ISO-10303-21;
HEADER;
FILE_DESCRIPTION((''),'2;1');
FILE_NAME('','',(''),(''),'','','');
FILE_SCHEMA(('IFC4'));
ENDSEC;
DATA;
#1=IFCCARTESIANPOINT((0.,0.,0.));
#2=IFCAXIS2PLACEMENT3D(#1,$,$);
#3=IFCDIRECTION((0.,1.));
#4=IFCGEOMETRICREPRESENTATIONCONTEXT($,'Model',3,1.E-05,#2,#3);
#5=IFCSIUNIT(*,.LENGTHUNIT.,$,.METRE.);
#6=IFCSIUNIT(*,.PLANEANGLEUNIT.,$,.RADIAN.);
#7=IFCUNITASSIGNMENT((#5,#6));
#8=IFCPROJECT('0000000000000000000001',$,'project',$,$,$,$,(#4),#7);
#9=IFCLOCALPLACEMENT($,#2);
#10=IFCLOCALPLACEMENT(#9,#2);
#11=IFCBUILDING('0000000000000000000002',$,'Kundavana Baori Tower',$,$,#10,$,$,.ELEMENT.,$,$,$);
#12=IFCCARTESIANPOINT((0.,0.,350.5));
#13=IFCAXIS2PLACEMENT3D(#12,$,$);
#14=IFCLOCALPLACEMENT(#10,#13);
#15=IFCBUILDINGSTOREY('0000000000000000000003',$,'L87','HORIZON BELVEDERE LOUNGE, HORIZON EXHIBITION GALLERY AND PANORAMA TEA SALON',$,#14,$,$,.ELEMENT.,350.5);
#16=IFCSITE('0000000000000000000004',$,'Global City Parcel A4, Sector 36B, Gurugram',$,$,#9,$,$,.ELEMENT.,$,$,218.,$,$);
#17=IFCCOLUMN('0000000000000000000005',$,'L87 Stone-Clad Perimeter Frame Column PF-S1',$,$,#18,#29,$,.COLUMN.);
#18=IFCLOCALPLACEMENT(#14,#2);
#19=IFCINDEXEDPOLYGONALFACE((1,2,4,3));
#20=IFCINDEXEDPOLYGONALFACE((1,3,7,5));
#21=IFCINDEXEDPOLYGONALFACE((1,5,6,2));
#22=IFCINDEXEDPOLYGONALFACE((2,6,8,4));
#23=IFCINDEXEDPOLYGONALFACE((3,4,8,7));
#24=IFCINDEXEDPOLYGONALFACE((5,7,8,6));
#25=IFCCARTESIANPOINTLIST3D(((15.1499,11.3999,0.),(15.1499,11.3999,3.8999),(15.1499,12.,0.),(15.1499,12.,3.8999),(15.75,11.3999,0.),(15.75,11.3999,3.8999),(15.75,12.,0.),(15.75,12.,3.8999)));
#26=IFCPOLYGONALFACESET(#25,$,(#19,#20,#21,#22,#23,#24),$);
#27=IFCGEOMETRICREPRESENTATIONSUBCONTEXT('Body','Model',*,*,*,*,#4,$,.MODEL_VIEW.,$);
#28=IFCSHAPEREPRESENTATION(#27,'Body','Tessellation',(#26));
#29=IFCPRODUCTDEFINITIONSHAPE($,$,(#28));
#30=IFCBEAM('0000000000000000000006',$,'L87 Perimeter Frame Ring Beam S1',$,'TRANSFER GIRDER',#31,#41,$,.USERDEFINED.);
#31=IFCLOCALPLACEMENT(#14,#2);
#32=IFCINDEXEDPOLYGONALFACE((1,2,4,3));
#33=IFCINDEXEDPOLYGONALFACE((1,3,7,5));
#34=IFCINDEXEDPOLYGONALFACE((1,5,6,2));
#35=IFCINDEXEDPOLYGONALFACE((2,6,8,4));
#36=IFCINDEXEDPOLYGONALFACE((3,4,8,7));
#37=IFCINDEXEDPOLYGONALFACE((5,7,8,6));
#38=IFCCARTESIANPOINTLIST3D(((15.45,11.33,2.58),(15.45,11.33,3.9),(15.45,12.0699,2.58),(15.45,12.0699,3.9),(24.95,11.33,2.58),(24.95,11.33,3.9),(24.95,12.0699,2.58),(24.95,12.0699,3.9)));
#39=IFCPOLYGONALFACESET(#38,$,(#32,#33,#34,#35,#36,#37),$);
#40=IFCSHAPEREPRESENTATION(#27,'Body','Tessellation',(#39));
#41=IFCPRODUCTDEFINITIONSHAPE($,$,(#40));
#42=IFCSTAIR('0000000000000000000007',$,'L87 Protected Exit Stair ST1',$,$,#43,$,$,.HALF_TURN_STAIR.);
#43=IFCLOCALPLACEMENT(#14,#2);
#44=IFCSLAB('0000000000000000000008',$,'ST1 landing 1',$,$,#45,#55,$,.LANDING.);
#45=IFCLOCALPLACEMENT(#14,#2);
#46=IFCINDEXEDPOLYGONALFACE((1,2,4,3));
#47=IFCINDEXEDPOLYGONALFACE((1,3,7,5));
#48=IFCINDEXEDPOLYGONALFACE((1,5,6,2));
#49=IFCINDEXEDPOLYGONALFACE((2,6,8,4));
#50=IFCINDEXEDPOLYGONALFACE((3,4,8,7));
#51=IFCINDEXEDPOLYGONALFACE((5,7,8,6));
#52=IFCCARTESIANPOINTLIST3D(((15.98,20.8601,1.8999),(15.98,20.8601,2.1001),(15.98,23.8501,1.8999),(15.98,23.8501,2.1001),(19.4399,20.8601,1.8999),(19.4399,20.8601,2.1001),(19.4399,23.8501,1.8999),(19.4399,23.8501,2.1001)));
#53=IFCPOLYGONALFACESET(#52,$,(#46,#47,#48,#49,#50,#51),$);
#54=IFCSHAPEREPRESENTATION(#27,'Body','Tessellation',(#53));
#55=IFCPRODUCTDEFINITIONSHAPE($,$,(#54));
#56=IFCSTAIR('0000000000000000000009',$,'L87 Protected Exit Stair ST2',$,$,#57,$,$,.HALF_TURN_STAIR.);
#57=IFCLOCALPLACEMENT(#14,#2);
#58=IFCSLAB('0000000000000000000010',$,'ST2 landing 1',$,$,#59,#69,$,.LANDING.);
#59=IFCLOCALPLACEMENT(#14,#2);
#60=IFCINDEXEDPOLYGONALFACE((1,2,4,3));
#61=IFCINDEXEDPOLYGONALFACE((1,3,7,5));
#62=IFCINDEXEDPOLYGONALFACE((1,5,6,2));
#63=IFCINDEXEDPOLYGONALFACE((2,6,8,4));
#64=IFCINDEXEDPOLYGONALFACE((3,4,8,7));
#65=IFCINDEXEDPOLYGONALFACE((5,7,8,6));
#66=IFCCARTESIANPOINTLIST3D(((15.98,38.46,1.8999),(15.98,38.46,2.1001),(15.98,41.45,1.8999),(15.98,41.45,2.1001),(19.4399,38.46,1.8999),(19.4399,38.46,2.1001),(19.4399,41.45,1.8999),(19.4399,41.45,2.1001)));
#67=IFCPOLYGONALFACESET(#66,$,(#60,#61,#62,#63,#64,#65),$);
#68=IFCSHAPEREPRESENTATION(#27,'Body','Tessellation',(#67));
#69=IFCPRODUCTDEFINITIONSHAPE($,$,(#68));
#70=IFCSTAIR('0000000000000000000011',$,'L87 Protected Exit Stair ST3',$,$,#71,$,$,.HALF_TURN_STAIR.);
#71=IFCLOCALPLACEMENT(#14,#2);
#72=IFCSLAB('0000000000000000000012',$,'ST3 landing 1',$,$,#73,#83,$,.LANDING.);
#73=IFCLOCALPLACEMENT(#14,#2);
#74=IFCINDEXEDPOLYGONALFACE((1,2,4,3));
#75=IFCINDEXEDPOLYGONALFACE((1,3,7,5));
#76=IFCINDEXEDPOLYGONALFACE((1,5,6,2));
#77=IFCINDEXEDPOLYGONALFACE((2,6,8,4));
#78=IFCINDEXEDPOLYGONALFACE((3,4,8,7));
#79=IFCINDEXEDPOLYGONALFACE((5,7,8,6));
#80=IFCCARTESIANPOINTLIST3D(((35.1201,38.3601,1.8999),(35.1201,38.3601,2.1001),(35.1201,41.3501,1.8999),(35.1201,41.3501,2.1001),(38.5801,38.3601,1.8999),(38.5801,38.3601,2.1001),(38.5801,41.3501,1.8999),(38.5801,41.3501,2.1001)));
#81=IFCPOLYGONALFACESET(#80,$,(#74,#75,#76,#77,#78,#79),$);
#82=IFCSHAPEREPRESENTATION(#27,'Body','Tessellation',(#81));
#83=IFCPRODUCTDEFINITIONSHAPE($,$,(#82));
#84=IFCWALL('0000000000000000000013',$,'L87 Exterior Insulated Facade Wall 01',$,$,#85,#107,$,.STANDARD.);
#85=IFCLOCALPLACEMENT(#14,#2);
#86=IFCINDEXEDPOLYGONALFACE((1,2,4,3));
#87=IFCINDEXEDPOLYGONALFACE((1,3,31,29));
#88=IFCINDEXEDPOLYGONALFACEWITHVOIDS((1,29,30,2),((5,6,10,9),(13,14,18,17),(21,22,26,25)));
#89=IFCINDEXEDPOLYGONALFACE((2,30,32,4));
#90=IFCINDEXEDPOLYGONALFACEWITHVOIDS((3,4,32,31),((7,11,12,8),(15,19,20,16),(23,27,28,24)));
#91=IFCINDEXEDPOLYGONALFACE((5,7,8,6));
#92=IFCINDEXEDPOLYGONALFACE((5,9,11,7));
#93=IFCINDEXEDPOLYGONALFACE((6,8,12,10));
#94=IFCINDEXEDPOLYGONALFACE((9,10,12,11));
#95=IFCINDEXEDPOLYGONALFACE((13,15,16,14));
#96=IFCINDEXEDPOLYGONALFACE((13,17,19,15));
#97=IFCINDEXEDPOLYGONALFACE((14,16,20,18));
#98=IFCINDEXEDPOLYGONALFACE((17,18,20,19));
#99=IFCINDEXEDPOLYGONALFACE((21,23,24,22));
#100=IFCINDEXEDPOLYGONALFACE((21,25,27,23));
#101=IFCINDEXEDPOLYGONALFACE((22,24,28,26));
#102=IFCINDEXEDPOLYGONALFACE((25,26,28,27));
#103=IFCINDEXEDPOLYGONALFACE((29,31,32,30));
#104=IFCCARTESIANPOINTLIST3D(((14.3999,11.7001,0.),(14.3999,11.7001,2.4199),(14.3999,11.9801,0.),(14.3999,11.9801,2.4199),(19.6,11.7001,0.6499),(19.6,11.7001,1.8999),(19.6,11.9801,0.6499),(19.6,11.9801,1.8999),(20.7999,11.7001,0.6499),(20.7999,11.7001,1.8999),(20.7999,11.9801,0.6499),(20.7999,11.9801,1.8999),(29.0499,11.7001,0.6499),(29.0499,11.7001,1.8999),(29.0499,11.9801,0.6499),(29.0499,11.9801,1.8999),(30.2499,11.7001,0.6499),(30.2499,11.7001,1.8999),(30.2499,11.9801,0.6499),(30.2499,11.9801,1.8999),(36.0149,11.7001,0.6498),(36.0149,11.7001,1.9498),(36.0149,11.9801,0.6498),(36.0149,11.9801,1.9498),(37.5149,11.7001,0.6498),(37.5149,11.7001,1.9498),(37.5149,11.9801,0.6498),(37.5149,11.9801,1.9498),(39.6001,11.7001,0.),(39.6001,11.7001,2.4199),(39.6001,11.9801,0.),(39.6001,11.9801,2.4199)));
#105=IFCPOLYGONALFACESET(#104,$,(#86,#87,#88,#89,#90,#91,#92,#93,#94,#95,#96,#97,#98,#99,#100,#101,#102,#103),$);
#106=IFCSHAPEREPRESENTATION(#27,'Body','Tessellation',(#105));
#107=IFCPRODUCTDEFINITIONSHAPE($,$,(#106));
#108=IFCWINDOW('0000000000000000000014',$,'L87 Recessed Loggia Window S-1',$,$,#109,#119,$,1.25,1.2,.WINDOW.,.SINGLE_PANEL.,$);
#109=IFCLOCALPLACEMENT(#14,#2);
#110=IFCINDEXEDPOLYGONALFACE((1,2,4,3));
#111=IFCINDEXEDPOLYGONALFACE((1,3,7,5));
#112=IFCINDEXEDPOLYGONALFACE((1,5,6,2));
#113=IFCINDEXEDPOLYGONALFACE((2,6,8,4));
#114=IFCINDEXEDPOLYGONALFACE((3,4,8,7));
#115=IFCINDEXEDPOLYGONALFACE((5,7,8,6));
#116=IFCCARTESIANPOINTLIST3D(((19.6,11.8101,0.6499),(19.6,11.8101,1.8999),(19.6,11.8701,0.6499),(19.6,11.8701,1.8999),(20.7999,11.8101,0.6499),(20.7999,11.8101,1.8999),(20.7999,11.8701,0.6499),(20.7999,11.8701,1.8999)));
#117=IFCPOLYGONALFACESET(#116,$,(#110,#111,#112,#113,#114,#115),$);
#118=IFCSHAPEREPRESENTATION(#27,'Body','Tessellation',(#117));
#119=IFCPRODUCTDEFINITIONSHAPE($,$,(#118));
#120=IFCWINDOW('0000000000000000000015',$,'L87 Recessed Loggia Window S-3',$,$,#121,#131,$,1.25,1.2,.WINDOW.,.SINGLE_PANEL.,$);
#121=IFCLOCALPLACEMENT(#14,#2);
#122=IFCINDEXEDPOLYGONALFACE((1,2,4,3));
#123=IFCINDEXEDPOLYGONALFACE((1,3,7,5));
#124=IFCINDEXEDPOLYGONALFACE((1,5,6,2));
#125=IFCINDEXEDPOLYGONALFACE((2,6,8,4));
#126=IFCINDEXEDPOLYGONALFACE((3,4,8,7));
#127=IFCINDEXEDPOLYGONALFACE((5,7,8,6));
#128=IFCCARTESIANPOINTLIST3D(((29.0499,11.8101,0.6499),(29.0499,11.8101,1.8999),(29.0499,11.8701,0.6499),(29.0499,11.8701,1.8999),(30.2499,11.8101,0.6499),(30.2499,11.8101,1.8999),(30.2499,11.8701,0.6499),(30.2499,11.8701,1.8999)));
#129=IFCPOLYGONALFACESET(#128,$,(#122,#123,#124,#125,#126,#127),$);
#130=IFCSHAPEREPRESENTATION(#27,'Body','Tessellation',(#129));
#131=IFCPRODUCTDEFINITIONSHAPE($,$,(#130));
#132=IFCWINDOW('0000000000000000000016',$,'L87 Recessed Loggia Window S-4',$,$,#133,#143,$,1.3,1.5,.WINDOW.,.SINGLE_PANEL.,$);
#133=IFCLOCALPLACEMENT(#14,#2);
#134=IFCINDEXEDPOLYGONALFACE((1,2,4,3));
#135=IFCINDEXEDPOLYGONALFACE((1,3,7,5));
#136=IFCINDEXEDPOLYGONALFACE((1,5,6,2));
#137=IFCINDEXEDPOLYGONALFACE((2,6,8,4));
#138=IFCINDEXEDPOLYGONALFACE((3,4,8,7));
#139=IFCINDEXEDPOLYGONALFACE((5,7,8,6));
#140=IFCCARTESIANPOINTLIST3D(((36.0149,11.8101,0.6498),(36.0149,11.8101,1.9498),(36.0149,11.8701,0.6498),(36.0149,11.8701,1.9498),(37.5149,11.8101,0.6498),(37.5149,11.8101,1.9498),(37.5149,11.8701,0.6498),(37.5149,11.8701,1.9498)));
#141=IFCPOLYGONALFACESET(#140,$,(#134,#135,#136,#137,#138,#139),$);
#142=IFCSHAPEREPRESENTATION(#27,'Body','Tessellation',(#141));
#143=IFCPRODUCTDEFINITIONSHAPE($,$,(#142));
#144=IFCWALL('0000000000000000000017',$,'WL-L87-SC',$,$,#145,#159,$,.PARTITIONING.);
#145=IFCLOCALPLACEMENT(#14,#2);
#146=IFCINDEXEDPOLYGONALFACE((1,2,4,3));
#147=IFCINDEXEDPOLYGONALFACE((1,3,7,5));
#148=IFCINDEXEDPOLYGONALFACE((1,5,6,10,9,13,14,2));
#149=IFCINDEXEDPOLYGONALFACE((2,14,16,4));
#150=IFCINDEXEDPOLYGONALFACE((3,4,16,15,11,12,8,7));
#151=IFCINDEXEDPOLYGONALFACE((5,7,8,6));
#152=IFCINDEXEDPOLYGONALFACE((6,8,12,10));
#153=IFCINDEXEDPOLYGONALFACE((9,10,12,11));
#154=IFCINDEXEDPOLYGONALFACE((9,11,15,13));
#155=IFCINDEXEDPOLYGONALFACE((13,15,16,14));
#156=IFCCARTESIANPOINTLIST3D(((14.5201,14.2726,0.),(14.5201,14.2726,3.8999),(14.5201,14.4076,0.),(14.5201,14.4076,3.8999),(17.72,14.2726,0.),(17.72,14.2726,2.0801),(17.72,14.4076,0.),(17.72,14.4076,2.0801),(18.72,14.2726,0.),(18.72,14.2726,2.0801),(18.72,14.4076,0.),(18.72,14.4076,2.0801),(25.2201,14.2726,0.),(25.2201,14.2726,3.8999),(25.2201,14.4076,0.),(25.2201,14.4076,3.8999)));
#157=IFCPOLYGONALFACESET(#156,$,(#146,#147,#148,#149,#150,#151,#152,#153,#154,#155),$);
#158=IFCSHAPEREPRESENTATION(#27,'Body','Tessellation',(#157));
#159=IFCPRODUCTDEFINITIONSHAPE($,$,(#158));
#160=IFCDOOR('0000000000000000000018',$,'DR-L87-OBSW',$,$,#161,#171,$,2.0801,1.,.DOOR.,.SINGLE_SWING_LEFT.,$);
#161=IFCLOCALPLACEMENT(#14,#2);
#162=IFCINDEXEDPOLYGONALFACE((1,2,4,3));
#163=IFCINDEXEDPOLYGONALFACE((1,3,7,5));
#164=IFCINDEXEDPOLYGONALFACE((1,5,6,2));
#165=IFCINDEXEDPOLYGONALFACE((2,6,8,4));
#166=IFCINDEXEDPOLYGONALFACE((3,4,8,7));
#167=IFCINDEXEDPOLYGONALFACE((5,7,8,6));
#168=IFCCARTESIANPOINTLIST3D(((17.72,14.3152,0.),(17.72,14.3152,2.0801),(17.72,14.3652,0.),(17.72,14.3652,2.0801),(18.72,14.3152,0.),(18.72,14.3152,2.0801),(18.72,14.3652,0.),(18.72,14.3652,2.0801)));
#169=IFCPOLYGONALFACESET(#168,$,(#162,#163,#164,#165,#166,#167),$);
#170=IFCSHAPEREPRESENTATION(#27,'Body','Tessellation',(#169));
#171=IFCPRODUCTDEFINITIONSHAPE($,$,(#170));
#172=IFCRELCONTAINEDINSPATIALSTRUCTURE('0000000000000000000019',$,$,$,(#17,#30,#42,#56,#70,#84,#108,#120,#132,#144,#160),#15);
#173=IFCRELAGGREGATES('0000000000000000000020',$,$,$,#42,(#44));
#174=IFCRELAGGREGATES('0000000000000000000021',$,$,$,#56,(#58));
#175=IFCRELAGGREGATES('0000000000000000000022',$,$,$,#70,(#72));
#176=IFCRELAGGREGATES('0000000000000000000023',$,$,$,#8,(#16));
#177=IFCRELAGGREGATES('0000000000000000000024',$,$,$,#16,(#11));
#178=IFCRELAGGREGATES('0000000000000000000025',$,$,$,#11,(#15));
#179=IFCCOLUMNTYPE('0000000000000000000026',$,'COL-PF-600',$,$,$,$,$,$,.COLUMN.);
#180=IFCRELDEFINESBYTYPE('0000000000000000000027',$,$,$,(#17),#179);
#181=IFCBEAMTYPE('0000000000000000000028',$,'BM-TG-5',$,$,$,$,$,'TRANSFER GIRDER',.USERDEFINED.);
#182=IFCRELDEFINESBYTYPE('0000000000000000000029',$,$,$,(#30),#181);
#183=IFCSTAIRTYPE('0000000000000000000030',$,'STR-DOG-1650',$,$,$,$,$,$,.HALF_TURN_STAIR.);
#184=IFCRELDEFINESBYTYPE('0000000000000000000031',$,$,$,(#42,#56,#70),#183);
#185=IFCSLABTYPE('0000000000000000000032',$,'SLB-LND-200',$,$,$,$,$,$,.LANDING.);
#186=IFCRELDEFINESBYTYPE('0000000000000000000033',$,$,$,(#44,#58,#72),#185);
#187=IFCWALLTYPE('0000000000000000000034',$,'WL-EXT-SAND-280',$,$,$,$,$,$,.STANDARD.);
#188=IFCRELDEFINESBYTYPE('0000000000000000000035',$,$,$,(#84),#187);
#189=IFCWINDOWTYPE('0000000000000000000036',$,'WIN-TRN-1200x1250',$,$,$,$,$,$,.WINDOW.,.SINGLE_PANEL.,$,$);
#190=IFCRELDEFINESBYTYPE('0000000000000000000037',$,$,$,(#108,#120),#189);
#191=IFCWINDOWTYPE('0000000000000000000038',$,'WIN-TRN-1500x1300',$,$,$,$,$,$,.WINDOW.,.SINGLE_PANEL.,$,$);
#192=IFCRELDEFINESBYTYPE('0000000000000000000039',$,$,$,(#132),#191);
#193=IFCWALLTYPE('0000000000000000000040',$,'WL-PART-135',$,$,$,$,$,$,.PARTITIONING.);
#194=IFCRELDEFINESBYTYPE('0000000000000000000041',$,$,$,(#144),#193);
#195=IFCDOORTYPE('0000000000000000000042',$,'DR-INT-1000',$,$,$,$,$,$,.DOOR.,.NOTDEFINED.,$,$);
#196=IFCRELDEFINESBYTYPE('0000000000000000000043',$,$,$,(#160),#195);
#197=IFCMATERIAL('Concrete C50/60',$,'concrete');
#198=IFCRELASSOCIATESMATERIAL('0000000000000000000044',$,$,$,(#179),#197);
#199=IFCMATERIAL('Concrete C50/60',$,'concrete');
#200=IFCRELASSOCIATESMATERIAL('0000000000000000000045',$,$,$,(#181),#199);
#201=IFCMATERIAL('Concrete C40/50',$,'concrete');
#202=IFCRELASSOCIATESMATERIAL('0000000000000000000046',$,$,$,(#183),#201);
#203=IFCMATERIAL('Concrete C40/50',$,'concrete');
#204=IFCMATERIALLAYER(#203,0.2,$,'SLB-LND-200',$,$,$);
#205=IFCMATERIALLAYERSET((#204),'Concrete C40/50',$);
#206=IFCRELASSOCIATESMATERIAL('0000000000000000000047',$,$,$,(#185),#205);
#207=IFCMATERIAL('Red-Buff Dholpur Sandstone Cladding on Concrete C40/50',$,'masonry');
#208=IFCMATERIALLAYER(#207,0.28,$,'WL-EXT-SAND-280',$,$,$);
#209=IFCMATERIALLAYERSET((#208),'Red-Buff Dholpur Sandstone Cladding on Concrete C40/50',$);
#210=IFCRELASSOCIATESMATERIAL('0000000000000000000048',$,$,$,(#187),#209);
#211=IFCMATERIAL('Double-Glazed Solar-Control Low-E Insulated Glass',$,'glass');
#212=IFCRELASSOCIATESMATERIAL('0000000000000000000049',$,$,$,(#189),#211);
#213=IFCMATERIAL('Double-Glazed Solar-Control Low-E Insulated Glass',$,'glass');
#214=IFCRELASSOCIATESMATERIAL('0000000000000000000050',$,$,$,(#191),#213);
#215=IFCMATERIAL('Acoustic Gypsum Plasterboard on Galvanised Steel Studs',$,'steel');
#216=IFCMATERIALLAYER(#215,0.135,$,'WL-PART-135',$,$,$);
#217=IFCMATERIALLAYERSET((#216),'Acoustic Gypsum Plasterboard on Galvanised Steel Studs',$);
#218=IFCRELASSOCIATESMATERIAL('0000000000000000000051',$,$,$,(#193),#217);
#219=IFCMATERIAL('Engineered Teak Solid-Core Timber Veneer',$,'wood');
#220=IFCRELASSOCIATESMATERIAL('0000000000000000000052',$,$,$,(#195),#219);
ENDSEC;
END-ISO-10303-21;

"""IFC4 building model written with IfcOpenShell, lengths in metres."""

from ifc_helpers import new_model, si_unit, direction, frame, frame_2d, origin, origin_2d, place, context, subcontext, project, spatial, polyline, rectangle, outline, extrude, material, layer, layer_set, material_profile, profile_set, type_object, element, fill, aggregate, save


model = new_model("IFC4")

# Units and contexts
model_context = context("Model", 3, precision=1e-05, world=origin(), true_north=direction((0.0, 1.0)))
body_context = subcontext(model_context, "Body", "Model", "MODEL_VIEW")
ifc_project = project(units=[si_unit("LENGTHUNIT", "METRE"), si_unit("PLANEANGLEUNIT", "RADIAN")], contexts=[model_context])

# Site, building, storey
site_placement = place(None, origin())
site = spatial("IfcSite", under=ifc_project, at=site_placement, Name="Global City Parcel A4, Sector 36B, Gurugram", CompositionType="ELEMENT", RefElevation=218.0)
building_placement = place(site_placement, origin())
building = spatial("IfcBuilding", under=site, at=building_placement, Name="Kundavana Baori Tower", CompositionType="ELEMENT")
storey_placement = place(building_placement, frame((0.0, 0.0, 350.5)))
storey = spatial("IfcBuildingStorey", under=building, at=storey_placement, Name="L87", Description="HORIZON BELVEDERE LOUNGE, HORIZON EXHIBITION GALLERY AND PANORAMA TEA SALON", CompositionType="ELEMENT", Elevation=350.5)

# Column
ifc_material_1 = material(Name="Concrete C50/60", Category="concrete")
ifc_material_profile_1 = material_profile(ifc_material_1, rectangle(XDim=0.6001, YDim=0.6001, at=origin_2d()), Name="RC PF 600x600")
ifc_profile_set_1 = profile_set([ifc_material_profile_1], Name="Concrete C50/60")
column_type = type_object("IfcColumnType", Name="COL-PF-600", PredefinedType="COLUMN", material=ifc_profile_set_1)
column_placement = place(storey_placement, frame((15.45, 11.7, 0.0), z_axis=(0.0, 0.0, 1.0), x_axis=(1.0, 0.0, 0.0)))
element("IfcColumn", 1, at=column_placement, inside=storey, type_object=column_type, Name="L87 Stone-Clad Perimeter Frame Column PF-S1", PredefinedType="COLUMN", context=body_context, shape_type="SweptSolid", body=[
    extrude(rectangle(XDim=0.6001, YDim=0.6001, at=origin_2d()), origin(), (0.0, 0.0, 1.0), 3.8999),
])

# Beam
ifc_material_2 = material(Name="Concrete C50/60", Category="concrete")
ifc_material_profile_2 = material_profile(ifc_material_2, rectangle(XDim=0.74, YDim=1.3201, at=origin_2d()), Name="BM-TG-5")
ifc_profile_set_2 = profile_set([ifc_material_profile_2], Name="Concrete C50/60")
beam_type = type_object("IfcBeamType", Name="BM-TG-5", ElementType="TRANSFER GIRDER", PredefinedType="USERDEFINED", material=ifc_profile_set_2)
beam_placement = place(storey_placement, frame((15.45, 11.7, 3.24), z_axis=(1.0, 0.0, 0.0), x_axis=(0.0, 1.0, 0.0)))
element("IfcBeam", 2, at=beam_placement, inside=storey, type_object=beam_type, Name="L87 Perimeter Frame Ring Beam S1", ObjectType="TRANSFER GIRDER", PredefinedType="USERDEFINED", context=body_context, shape_type="SweptSolid", body=[
    extrude(rectangle(XDim=0.74, YDim=1.3201, at=origin_2d()), origin(), (0.0, 0.0, 1.0), 9.5),
])

# Stairs, slabs
ifc_material_3 = material(Name="Concrete C40/50", Category="concrete")
stair_type = type_object("IfcStairType", Name="STR-DOG-1650", PredefinedType="HALF_TURN_STAIR", material=ifc_material_3)
stair_1_placement = place(storey_placement, origin())
stair_1 = element("IfcStair", 3, at=stair_1_placement, inside=storey, type_object=stair_type, Name="L87 Protected Exit Stair ST1", PredefinedType="HALF_TURN_STAIR")
ifc_material_4 = material(Name="Concrete C40/50", Category="concrete")
ifc_layer_1 = layer(ifc_material_4, 0.2, Name="SLB-LND-200")
ifc_layer_set_1 = layer_set([ifc_layer_1], Name="Concrete C40/50")
slab_type = type_object("IfcSlabType", Name="SLB-LND-200", PredefinedType="LANDING", material=ifc_layer_set_1)
slab_1_placement = place(storey_placement, frame((0.0, 0.0, 1.8999)))
slab_1 = element("IfcSlab", 4, at=slab_1_placement, type_object=slab_type, Name="ST1 landing 1", PredefinedType="LANDING", context=body_context, shape_type="SweptSolid", body=[
    extrude(outline(polyline([(19.4399, 20.8601), (19.4399, 23.8501), (15.98, 23.8501), (15.98, 20.8601), (19.4399, 20.8601)])), origin(), (0.0, 0.0, 1.0), 0.2002),
])
aggregate(stair_1, [slab_1])
stair_2_placement = place(storey_placement, origin())
stair_2 = element("IfcStair", 5, at=stair_2_placement, inside=storey, type_object=stair_type, Name="L87 Protected Exit Stair ST2", PredefinedType="HALF_TURN_STAIR")
slab_2_placement = place(storey_placement, frame((0.0, 0.0, 1.8999)))
slab_2 = element("IfcSlab", 6, at=slab_2_placement, type_object=slab_type, Name="ST2 landing 1", PredefinedType="LANDING", context=body_context, shape_type="SweptSolid", body=[
    extrude(outline(polyline([(19.4399, 38.46), (19.4399, 41.45), (15.98, 41.45), (15.98, 38.46), (19.4399, 38.46)])), origin(), (0.0, 0.0, 1.0), 0.2002),
])
aggregate(stair_2, [slab_2])
stair_3_placement = place(storey_placement, origin())
stair_3 = element("IfcStair", 7, at=stair_3_placement, inside=storey, type_object=stair_type, Name="L87 Protected Exit Stair ST3", PredefinedType="HALF_TURN_STAIR")
slab_3_placement = place(storey_placement, frame((0.0, 0.0, 1.8999)))
slab_3 = element("IfcSlab", 8, at=slab_3_placement, type_object=slab_type, Name="ST3 landing 1", PredefinedType="LANDING", context=body_context, shape_type="SweptSolid", body=[
    extrude(outline(polyline([(38.5801, 38.3601), (38.5801, 41.3501), (35.1201, 41.3501), (35.1201, 38.3601), (38.5801, 38.3601)])), origin(), (0.0, 0.0, 1.0), 0.2002),
])
aggregate(stair_3, [slab_3])

# Wall, openings, windows
ifc_material_5 = material(Name="Red-Buff Dholpur Sandstone Cladding on Concrete C40/50", Category="masonry")
ifc_layer_2 = layer(ifc_material_5, 0.28, Name="WL-EXT-SAND-280")
ifc_layer_set_2 = layer_set([ifc_layer_2], Name="Red-Buff Dholpur Sandstone Cladding on Concrete C40/50")
wall_type_1 = type_object("IfcWallType", Name="WL-EXT-SAND-280", PredefinedType="STANDARD", material=ifc_layer_set_2)
wall_1_placement = place(storey_placement, frame((14.3999, 11.8401, 0.0), z_axis=(0.0, 0.0, 1.0), x_axis=(1.0, 0.0, 0.0)))
wall_1 = element("IfcWall", 9, at=wall_1_placement, inside=storey, type_object=wall_type_1, Name="L87 Exterior Insulated Facade Wall 01", PredefinedType="STANDARD", context=body_context, shape_type="SweptSolid", body=[
    extrude(rectangle(XDim=25.2002, YDim=0.28, at=frame_2d((12.6001, 0.0))), origin(), (0.0, 0.0, 1.0), 2.4199),
])
opening_1_placement = place(wall_1_placement, frame((5.2, 0.0, 0.6499)))
opening_1 = element("IfcOpeningElement", 10, at=opening_1_placement, cuts=wall_1, PredefinedType="OPENING", context=body_context, shape_type="SweptSolid", body=[
    extrude(rectangle(XDim=1.2, YDim=1.25, at=frame_2d((0.6001, 0.625))), frame((0.0, 0.1499, 0.0), z_axis=(0.0, -1.0, 0.0), x_axis=(1.0, 0.0, 0.0)), (0.0, 0.0, 1.0), 0.3),
])
opening_2_placement = place(wall_1_placement, frame((14.6499, 0.0, 0.6499)))
opening_2 = element("IfcOpeningElement", 11, at=opening_2_placement, cuts=wall_1, PredefinedType="OPENING", context=body_context, shape_type="SweptSolid", body=[
    extrude(rectangle(XDim=1.2, YDim=1.25, at=frame_2d((0.6001, 0.625))), frame((0.0, 0.1499, 0.0), z_axis=(0.0, -1.0, 0.0), x_axis=(1.0, 0.0, 0.0)), (0.0, 0.0, 1.0), 0.3),
])
opening_3_placement = place(wall_1_placement, frame((21.615, 0.0, 0.6499)))
opening_3 = element("IfcOpeningElement", 12, at=opening_3_placement, cuts=wall_1, PredefinedType="OPENING", context=body_context, shape_type="SweptSolid", body=[
    extrude(rectangle(XDim=1.5, YDim=1.3, at=frame_2d((0.75, 0.6499))), frame((0.0, 0.1499, 0.0), z_axis=(0.0, -1.0, 0.0), x_axis=(1.0, 0.0, 0.0)), (0.0, 0.0, 1.0), 0.3),
])
ifc_material_6 = material(Name="Double-Glazed Solar-Control Low-E Insulated Glass", Category="glass")
window_type_1 = type_object("IfcWindowType", Name="WIN-TRN-1200x1250", PartitioningType="SINGLE_PANEL", PredefinedType="WINDOW", material=ifc_material_6)
window_1_placement = place(opening_1_placement, origin())
window_1 = element("IfcWindow", 13, at=window_1_placement, inside=storey, type_object=window_type_1, Name="L87 Recessed Loggia Window S-1", OverallHeight=1.25, OverallWidth=1.2, PartitioningType="SINGLE_PANEL", PredefinedType="WINDOW", context=body_context, shape_type="SweptSolid", body=[
    extrude(rectangle(XDim=1.2, YDim=1.25, at=frame_2d((0.6001, 0.625))), frame((0.0, 0.03, 0.0), z_axis=(0.0, -1.0, 0.0), x_axis=(1.0, 0.0, 0.0)), (0.0, 0.0, 1.0), 0.0601),
])
fill(opening_1, window_1)
window_2_placement = place(opening_2_placement, origin())
window_2 = element("IfcWindow", 14, at=window_2_placement, inside=storey, type_object=window_type_1, Name="L87 Recessed Loggia Window S-3", OverallHeight=1.25, OverallWidth=1.2, PartitioningType="SINGLE_PANEL", PredefinedType="WINDOW", context=body_context, shape_type="SweptSolid", body=[
    extrude(rectangle(XDim=1.2, YDim=1.25, at=frame_2d((0.6001, 0.625))), frame((0.0, 0.03, 0.0), z_axis=(0.0, -1.0, 0.0), x_axis=(1.0, 0.0, 0.0)), (0.0, 0.0, 1.0), 0.0601),
])
fill(opening_2, window_2)
ifc_material_7 = material(Name="Double-Glazed Solar-Control Low-E Insulated Glass", Category="glass")
window_type_2 = type_object("IfcWindowType", Name="WIN-TRN-1500x1300", PartitioningType="SINGLE_PANEL", PredefinedType="WINDOW", material=ifc_material_7)
window_3_placement = place(opening_3_placement, origin())
window_3 = element("IfcWindow", 15, at=window_3_placement, inside=storey, type_object=window_type_2, Name="L87 Recessed Loggia Window S-4", OverallHeight=1.3, OverallWidth=1.5, PartitioningType="SINGLE_PANEL", PredefinedType="WINDOW", context=body_context, shape_type="SweptSolid", body=[
    extrude(rectangle(XDim=1.5, YDim=1.3, at=frame_2d((0.75, 0.6499))), frame((0.0, 0.03, 0.0), z_axis=(0.0, -1.0, 0.0), x_axis=(1.0, 0.0, 0.0)), (0.0, 0.0, 1.0), 0.0601),
])
fill(opening_3, window_3)

# Wall, opening, door
ifc_material_8 = material(Name="Acoustic Gypsum Plasterboard on Galvanised Steel Studs", Category="steel")
ifc_layer_3 = layer(ifc_material_8, 0.135, Name="WL-PART-135")
ifc_layer_set_3 = layer_set([ifc_layer_3], Name="Acoustic Gypsum Plasterboard on Galvanised Steel Studs")
wall_type_2 = type_object("IfcWallType", Name="WL-PART-135", PredefinedType="PARTITIONING", material=ifc_layer_set_3)
wall_2_placement = place(storey_placement, frame((14.52, 14.3401, 0.0), z_axis=(0.0, 0.0, 1.0), x_axis=(1.0, 0.0, 0.0)))
wall_2 = element("IfcWall", 16, at=wall_2_placement, inside=storey, type_object=wall_type_2, Name="WL-L87-SC", PredefinedType="PARTITIONING", context=body_context, shape_type="SweptSolid", body=[
    extrude(rectangle(XDim=10.7, YDim=0.135, at=frame_2d((5.3501, 0.0))), origin(), (0.0, 0.0, 1.0), 3.8999),
])
opening_4_placement = place(wall_2_placement, frame((3.2, 0.0, 0.0)))
opening_4 = element("IfcOpeningElement", 17, at=opening_4_placement, cuts=wall_2, PredefinedType="OPENING", context=body_context, shape_type="SweptSolid", body=[
    extrude(rectangle(XDim=1.0, YDim=2.0801, at=frame_2d((0.5, 1.04))), frame((0.0, 0.0776, 0.0), z_axis=(0.0, -1.0, 0.0), x_axis=(1.0, 0.0, 0.0)), (0.0, 0.0, 1.0), 0.155),
])
ifc_material_9 = material(Name="Engineered Teak Solid-Core Timber Veneer", Category="wood")
door_type = type_object("IfcDoorType", Name="DR-INT-1000", OperationType="NOTDEFINED", PredefinedType="DOOR", material=ifc_material_9)
door_placement = place(opening_4_placement, frame((1.0, 0.0, 0.0), z_axis=(0.0, 0.0, 1.0), x_axis=(-1.0, 0.0, 0.0)))
door = element("IfcDoor", 18, at=door_placement, inside=storey, type_object=door_type, Name="DR-L87-OBSW", OperationType="SINGLE_SWING_LEFT", OverallHeight=2.0801, OverallWidth=1.0, PredefinedType="DOOR", context=body_context, shape_type="SweptSolid", body=[
    extrude(rectangle(XDim=1.0, YDim=2.0801, at=frame_2d((0.5, 1.04))), frame((0.0, 0.0249, 0.0), z_axis=(0.0, -1.0, 0.0), x_axis=(1.0, 0.0, 0.0)), (0.0, 0.0, 1.0), 0.05),
])
fill(opening_4, door)

save(model, "model.ifc")
